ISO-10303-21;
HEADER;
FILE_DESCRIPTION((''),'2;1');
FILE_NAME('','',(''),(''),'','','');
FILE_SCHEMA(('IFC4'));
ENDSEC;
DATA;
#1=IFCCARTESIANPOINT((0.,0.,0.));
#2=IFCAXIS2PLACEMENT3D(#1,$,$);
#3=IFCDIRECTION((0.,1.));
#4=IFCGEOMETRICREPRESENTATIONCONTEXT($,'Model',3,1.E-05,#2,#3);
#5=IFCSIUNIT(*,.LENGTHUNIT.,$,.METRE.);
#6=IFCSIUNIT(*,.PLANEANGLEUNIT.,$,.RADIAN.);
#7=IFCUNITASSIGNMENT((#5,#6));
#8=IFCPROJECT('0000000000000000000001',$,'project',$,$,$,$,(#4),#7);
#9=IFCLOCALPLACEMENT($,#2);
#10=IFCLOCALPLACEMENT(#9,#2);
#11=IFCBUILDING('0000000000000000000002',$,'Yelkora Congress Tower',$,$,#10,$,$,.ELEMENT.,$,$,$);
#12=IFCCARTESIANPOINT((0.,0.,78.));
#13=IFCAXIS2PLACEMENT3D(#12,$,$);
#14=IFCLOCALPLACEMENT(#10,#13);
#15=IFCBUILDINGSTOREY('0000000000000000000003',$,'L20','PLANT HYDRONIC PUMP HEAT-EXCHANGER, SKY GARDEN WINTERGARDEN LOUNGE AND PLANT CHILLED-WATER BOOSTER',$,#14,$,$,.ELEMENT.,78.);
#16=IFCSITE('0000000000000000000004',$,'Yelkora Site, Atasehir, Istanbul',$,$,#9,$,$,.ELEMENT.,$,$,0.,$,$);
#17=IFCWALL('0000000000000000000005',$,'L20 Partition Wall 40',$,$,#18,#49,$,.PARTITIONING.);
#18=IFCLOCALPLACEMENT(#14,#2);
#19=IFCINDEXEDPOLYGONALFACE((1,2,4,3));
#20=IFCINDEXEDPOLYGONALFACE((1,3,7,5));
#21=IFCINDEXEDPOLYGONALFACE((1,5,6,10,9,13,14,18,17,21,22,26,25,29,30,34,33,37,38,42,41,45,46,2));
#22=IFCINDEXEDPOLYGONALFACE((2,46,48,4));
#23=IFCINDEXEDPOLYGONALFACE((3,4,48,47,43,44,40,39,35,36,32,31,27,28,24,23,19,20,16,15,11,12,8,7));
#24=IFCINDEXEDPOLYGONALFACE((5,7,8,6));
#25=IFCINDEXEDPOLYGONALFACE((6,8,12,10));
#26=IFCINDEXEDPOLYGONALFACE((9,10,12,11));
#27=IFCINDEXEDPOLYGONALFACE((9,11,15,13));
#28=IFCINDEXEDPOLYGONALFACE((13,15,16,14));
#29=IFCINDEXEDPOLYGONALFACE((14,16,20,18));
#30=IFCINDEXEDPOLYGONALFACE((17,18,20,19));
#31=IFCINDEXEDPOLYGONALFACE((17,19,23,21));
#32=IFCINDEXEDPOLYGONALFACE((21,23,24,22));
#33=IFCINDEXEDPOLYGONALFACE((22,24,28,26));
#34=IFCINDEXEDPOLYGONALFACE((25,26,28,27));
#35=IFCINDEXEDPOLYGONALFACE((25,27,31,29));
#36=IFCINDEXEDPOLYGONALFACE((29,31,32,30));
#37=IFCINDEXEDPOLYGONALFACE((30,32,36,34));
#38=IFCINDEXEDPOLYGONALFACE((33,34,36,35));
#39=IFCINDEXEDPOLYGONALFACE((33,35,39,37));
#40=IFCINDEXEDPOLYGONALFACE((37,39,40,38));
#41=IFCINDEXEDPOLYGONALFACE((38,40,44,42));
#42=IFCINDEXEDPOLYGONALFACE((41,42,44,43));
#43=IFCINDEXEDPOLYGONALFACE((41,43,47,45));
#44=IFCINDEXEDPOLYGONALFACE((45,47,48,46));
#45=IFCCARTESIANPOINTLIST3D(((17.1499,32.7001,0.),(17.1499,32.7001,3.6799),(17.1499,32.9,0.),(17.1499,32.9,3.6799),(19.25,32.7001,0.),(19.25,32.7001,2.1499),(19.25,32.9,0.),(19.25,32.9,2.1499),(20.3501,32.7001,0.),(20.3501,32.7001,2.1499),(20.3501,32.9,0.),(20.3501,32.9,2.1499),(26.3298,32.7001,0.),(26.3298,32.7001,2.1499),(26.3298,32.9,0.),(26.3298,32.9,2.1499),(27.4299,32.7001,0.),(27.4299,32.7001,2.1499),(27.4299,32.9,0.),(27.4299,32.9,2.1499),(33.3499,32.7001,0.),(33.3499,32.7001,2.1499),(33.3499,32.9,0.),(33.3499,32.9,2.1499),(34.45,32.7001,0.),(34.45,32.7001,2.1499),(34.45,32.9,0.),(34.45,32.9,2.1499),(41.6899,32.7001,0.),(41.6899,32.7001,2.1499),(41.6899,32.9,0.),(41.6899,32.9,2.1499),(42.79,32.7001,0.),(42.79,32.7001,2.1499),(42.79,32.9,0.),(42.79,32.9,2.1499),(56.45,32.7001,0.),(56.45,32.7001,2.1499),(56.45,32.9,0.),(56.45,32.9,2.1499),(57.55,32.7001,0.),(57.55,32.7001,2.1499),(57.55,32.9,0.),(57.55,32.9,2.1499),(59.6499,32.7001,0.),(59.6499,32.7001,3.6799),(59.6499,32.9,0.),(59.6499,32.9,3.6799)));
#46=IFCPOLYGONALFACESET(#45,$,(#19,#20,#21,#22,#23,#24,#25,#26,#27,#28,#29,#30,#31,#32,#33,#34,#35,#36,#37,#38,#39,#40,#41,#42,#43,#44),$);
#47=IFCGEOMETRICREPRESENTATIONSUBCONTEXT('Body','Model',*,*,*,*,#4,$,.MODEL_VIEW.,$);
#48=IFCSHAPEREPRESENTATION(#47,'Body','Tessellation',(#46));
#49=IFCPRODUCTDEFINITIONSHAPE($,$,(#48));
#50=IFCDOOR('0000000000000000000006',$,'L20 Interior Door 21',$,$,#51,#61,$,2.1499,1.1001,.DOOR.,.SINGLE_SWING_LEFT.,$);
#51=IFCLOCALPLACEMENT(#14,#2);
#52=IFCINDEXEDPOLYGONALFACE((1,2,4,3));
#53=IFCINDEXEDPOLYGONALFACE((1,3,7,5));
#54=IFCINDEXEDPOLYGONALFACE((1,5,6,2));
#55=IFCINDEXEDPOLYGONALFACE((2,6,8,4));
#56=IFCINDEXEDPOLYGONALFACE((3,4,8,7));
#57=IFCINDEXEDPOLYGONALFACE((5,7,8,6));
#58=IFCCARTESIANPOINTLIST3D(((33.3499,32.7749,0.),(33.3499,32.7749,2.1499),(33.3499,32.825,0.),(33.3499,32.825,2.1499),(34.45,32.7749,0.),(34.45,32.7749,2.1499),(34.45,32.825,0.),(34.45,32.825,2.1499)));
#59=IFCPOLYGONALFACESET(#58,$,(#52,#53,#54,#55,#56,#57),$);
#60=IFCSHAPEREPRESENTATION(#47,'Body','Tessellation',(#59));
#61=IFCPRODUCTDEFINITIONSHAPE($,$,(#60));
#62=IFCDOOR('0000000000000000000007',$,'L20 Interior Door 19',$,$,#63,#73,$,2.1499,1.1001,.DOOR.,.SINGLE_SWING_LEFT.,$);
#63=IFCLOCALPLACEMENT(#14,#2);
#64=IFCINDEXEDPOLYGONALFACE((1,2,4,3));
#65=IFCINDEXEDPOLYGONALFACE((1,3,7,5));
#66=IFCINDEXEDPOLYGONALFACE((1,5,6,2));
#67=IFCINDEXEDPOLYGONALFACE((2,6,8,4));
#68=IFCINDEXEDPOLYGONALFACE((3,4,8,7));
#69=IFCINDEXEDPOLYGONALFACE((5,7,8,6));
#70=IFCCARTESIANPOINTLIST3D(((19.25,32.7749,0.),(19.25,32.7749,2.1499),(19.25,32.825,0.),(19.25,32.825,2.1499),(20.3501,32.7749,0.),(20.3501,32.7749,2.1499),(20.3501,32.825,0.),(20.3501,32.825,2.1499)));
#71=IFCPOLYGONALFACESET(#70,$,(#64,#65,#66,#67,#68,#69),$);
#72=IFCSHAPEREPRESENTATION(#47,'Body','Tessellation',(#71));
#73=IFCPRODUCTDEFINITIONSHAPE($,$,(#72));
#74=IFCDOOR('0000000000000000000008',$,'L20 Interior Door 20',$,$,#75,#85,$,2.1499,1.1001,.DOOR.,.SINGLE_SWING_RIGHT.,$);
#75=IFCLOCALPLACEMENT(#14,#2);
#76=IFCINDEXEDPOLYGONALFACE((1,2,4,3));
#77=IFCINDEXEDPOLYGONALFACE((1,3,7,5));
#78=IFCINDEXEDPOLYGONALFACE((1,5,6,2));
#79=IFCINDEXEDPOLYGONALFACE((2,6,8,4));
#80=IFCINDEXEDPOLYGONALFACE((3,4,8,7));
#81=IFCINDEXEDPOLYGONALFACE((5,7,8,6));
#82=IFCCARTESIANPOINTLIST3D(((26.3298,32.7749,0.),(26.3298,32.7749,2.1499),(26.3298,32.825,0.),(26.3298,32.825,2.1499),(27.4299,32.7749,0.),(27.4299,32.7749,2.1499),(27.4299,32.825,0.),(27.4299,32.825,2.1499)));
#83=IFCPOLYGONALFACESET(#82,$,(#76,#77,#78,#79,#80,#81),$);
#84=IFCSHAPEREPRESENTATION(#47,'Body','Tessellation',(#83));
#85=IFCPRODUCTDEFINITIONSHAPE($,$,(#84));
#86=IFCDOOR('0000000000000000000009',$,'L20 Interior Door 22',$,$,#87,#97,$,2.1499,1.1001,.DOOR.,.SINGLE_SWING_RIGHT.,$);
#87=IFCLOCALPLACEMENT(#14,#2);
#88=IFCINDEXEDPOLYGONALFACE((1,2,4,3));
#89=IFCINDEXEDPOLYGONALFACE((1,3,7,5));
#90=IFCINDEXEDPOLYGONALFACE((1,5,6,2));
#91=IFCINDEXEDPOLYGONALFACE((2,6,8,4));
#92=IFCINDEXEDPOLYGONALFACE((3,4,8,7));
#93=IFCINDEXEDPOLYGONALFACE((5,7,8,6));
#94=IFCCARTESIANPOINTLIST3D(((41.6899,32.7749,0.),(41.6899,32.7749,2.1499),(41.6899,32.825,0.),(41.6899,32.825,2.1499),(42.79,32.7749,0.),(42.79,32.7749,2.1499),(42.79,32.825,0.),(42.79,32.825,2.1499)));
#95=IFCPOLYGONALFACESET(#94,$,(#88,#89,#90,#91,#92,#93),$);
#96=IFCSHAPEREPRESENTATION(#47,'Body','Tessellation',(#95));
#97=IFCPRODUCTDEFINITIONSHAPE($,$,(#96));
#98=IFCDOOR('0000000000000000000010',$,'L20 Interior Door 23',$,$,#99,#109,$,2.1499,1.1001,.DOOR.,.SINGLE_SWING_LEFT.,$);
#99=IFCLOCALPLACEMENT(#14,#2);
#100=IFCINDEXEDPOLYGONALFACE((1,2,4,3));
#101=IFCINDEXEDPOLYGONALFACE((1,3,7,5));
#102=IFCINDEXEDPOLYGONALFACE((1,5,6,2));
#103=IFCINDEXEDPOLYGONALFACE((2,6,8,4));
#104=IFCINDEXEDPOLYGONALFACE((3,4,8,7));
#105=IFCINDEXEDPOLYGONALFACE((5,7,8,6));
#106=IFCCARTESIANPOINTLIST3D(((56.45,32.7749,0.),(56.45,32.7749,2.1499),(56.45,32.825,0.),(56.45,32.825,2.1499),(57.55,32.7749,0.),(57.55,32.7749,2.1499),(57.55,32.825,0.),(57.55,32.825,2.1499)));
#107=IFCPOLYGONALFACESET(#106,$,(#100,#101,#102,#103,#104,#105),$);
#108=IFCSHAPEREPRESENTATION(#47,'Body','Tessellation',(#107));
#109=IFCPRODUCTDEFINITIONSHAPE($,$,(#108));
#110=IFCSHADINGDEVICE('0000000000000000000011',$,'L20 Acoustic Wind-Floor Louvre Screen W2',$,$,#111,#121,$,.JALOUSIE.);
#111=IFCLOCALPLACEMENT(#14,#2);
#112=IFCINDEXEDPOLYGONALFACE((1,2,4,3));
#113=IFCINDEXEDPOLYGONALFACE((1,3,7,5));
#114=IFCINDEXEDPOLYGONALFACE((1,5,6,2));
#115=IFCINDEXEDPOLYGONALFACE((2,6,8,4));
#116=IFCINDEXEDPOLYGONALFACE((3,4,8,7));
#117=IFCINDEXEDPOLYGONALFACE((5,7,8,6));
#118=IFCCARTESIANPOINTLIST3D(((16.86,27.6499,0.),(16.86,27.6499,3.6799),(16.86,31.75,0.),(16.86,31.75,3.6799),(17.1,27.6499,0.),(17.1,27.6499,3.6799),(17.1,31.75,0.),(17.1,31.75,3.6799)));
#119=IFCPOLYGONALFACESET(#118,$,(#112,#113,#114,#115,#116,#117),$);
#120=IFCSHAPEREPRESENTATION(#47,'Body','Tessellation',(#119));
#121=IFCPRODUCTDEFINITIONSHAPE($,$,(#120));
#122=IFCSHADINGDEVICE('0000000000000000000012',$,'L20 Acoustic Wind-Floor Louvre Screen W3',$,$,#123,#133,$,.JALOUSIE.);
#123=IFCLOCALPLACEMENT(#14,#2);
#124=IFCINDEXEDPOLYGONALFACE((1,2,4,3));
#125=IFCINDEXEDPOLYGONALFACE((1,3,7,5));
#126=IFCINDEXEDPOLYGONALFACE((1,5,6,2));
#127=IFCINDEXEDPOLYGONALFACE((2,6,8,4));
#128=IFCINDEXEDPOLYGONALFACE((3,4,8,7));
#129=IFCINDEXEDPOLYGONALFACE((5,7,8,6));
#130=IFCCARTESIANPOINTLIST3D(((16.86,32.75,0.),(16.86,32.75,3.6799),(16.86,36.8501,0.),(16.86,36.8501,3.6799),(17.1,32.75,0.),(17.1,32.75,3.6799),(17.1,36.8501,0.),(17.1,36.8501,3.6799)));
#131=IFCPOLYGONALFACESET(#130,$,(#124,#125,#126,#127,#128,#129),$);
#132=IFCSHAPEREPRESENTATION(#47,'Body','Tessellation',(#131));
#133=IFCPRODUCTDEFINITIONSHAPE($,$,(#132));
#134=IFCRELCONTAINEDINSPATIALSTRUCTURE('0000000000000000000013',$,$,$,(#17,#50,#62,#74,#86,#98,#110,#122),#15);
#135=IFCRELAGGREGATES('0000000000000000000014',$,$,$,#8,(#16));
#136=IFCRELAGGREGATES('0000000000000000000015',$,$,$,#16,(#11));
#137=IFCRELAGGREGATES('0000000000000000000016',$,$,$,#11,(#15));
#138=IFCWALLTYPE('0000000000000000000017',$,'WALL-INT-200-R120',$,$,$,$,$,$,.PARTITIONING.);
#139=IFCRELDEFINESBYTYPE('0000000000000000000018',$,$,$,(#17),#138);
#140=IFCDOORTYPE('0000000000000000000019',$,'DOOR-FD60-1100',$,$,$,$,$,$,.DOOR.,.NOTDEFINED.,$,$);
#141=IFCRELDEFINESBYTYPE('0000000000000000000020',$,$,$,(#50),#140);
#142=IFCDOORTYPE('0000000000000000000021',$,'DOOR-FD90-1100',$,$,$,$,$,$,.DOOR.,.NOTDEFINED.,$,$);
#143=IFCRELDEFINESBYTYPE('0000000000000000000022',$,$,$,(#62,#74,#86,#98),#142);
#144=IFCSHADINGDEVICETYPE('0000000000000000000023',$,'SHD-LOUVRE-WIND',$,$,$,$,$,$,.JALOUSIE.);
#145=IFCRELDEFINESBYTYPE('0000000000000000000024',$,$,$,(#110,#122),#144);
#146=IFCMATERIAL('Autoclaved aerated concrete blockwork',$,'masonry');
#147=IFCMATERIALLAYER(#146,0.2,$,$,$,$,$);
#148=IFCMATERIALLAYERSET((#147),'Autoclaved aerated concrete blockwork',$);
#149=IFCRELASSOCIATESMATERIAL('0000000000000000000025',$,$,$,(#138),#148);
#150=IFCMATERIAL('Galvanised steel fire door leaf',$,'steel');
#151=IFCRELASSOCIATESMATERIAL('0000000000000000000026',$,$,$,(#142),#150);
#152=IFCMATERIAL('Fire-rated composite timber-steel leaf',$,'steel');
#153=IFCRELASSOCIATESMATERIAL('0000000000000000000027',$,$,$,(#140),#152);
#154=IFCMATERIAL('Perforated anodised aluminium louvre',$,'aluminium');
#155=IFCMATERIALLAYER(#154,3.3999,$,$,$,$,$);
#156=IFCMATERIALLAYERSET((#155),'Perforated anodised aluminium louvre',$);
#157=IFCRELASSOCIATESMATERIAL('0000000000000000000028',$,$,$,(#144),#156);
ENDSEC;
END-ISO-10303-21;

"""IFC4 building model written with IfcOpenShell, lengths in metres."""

from ifc_helpers import new_model, si_unit, direction, frame, frame_2d, origin, origin_2d, place, context, subcontext, project, spatial, rectangle, extrude, material, layer, layer_set, type_object, element, fill, save


model = new_model("IFC4")

# Units and contexts
model_context = context("Model", 3, precision=1e-05, world=origin(), true_north=direction((0.0, 1.0)))
body_context = subcontext(model_context, "Body", "Model", "MODEL_VIEW")
ifc_project = project(units=[si_unit("LENGTHUNIT", "METRE"), si_unit("PLANEANGLEUNIT", "RADIAN")], contexts=[model_context])

# Site, building, storey
site_placement = place(None, origin())
site = spatial("IfcSite", under=ifc_project, at=site_placement, Name="Yelkora Site, Atasehir, Istanbul", CompositionType="ELEMENT", RefElevation=0.0)
building_placement = place(site_placement, origin())
building = spatial("IfcBuilding", under=site, at=building_placement, Name="Yelkora Congress Tower", CompositionType="ELEMENT")
storey_placement = place(building_placement, frame((0.0, 0.0, 78.0)))
storey = spatial("IfcBuildingStorey", under=building, at=storey_placement, Name="L20", Description="PLANT HYDRONIC PUMP HEAT-EXCHANGER, SKY GARDEN WINTERGARDEN LOUNGE AND PLANT CHILLED-WATER BOOSTER", CompositionType="ELEMENT", Elevation=78.0)

# Shared definitions
ifc_material_1 = material(Name="Autoclaved aerated concrete blockwork", Category="masonry")
ifc_layer_1 = layer(ifc_material_1, 0.2)
ifc_layer_set_1 = layer_set([ifc_layer_1], Name="Autoclaved aerated concrete blockwork")
wall_type_1 = type_object("IfcWallType", Name="WALL-INT-200-R120", PredefinedType="PARTITIONING", material=ifc_layer_set_1)
ifc_material_2 = material(Name="Galvanised steel fire door leaf", Category="steel")
door_type_1 = type_object("IfcDoorType", Name="DOOR-FD90-1100", OperationType="NOTDEFINED", PredefinedType="DOOR", material=ifc_material_2)

# Wall, openings, doors
wall_1_placement = place(storey_placement, frame((17.1499, 32.8, 0.0), z_axis=(0.0, 0.0, 1.0), x_axis=(1.0, 0.0, 0.0)))
wall_1 = element("IfcWall", 1, at=wall_1_placement, inside=storey, type_object=wall_type_1, Name="L20 Partition Wall 40", PredefinedType="PARTITIONING", context=body_context, shape_type="SweptSolid", body=[
    extrude(rectangle(XDim=42.5, YDim=0.2, at=frame_2d((21.25, 0.0))), origin(), (0.0, 0.0, 1.0), 3.6799),
])
opening_1_placement = place(wall_1_placement, frame((2.1001, 0.0, 0.0)))
opening_1 = element("IfcOpeningElement", 2, at=opening_1_placement, cuts=wall_1, PredefinedType="OPENING", context=body_context, shape_type="SweptSolid", body=[
    extrude(rectangle(XDim=1.1001, YDim=2.1499, at=frame_2d((0.55, 1.075))), frame((0.0, 0.1099, 0.0), z_axis=(0.0, -1.0, 0.0), x_axis=(1.0, 0.0, 0.0)), (0.0, 0.0, 1.0), 0.22),
])
opening_2_placement = place(wall_1_placement, frame((9.1799, 0.0, 0.0)))
opening_2 = element("IfcOpeningElement", 3, at=opening_2_placement, cuts=wall_1, PredefinedType="OPENING", context=body_context, shape_type="SweptSolid", body=[
    extrude(rectangle(XDim=1.1001, YDim=2.1499, at=frame_2d((0.55, 1.075))), frame((0.0, 0.1099, 0.0), z_axis=(0.0, -1.0, 0.0), x_axis=(1.0, 0.0, 0.0)), (0.0, 0.0, 1.0), 0.22),
])
opening_3_placement = place(wall_1_placement, frame((16.2, 0.0, 0.0)))
opening_3 = element("IfcOpeningElement", 4, at=opening_3_placement, cuts=wall_1, PredefinedType="OPENING", context=body_context, shape_type="SweptSolid", body=[
    extrude(rectangle(XDim=1.1001, YDim=2.1499, at=frame_2d((0.55, 1.075))), frame((0.0, 0.1099, 0.0), z_axis=(0.0, -1.0, 0.0), x_axis=(1.0, 0.0, 0.0)), (0.0, 0.0, 1.0), 0.22),
])
opening_4_placement = place(wall_1_placement, frame((24.54, 0.0, 0.0)))
opening_4 = element("IfcOpeningElement", 5, at=opening_4_placement, cuts=wall_1, PredefinedType="OPENING", context=body_context, shape_type="SweptSolid", body=[
    extrude(rectangle(XDim=1.1001, YDim=2.1499, at=frame_2d((0.55, 1.075))), frame((0.0, 0.1099, 0.0), z_axis=(0.0, -1.0, 0.0), x_axis=(1.0, 0.0, 0.0)), (0.0, 0.0, 1.0), 0.22),
])
opening_5_placement = place(wall_1_placement, frame((39.3, 0.0, 0.0)))
opening_5 = element("IfcOpeningElement", 6, at=opening_5_placement, cuts=wall_1, PredefinedType="OPENING", context=body_context, shape_type="SweptSolid", body=[
    extrude(rectangle(XDim=1.1001, YDim=2.1499, at=frame_2d((0.55, 1.075))), frame((0.0, 0.1099, 0.0), z_axis=(0.0, -1.0, 0.0), x_axis=(1.0, 0.0, 0.0)), (0.0, 0.0, 1.0), 0.22),
])
ifc_material_3 = material(Name="Fire-rated composite timber-steel leaf", Category="steel")
door_type_2 = type_object("IfcDoorType", Name="DOOR-FD60-1100", OperationType="NOTDEFINED", PredefinedType="DOOR", material=ifc_material_3)
door_1_placement = place(opening_3_placement, origin())
door_1 = element("IfcDoor", 7, at=door_1_placement, inside=storey, type_object=door_type_2, Name="L20 Interior Door 21", OperationType="SINGLE_SWING_LEFT", OverallHeight=2.1499, OverallWidth=1.1001, PredefinedType="DOOR", context=body_context, shape_type="SweptSolid", body=[
    extrude(rectangle(XDim=1.1001, YDim=2.1499, at=frame_2d((0.55, 1.075))), frame((0.0, 0.0249, 0.0), z_axis=(0.0, -1.0, 0.0), x_axis=(1.0, 0.0, 0.0)), (0.0, 0.0, 1.0), 0.05),
])
fill(opening_3, door_1)
door_2_placement = place(opening_1_placement, origin())
door_2 = element("IfcDoor", 8, at=door_2_placement, inside=storey, type_object=door_type_1, Name="L20 Interior Door 19", OperationType="SINGLE_SWING_LEFT", OverallHeight=2.1499, OverallWidth=1.1001, PredefinedType="DOOR", context=body_context, shape_type="SweptSolid", body=[
    extrude(rectangle(XDim=1.1001, YDim=2.1499, at=frame_2d((0.55, 1.075))), frame((0.0, 0.0249, 0.0), z_axis=(0.0, -1.0, 0.0), x_axis=(1.0, 0.0, 0.0)), (0.0, 0.0, 1.0), 0.05),
])
fill(opening_1, door_2)
door_3_placement = place(opening_2_placement, origin())
door_3 = element("IfcDoor", 9, at=door_3_placement, inside=storey, type_object=door_type_1, Name="L20 Interior Door 20", OperationType="SINGLE_SWING_RIGHT", OverallHeight=2.1499, OverallWidth=1.1001, PredefinedType="DOOR", context=body_context, shape_type="SweptSolid", body=[
    extrude(rectangle(XDim=1.1001, YDim=2.1499, at=frame_2d((0.55, 1.075))), frame((0.0, 0.0249, 0.0), z_axis=(0.0, -1.0, 0.0), x_axis=(1.0, 0.0, 0.0)), (0.0, 0.0, 1.0), 0.05),
])
fill(opening_2, door_3)
door_4_placement = place(opening_4_placement, origin())
door_4 = element("IfcDoor", 10, at=door_4_placement, inside=storey, type_object=door_type_1, Name="L20 Interior Door 22", OperationType="SINGLE_SWING_RIGHT", OverallHeight=2.1499, OverallWidth=1.1001, PredefinedType="DOOR", context=body_context, shape_type="SweptSolid", body=[
    extrude(rectangle(XDim=1.1001, YDim=2.1499, at=frame_2d((0.55, 1.075))), frame((0.0, 0.0249, 0.0), z_axis=(0.0, -1.0, 0.0), x_axis=(1.0, 0.0, 0.0)), (0.0, 0.0, 1.0), 0.05),
])
fill(opening_4, door_4)
door_5_placement = place(opening_5_placement, origin())
door_5 = element("IfcDoor", 11, at=door_5_placement, inside=storey, type_object=door_type_1, Name="L20 Interior Door 23", OperationType="SINGLE_SWING_LEFT", OverallHeight=2.1499, OverallWidth=1.1001, PredefinedType="DOOR", context=body_context, shape_type="SweptSolid", body=[
    extrude(rectangle(XDim=1.1001, YDim=2.1499, at=frame_2d((0.55, 1.075))), frame((0.0, 0.0249, 0.0), z_axis=(0.0, -1.0, 0.0), x_axis=(1.0, 0.0, 0.0)), (0.0, 0.0, 1.0), 0.05),
])
fill(opening_5, door_5)

# Shading devices
ifc_material_4 = material(Name="Perforated anodised aluminium louvre", Category="aluminium")
ifc_layer_2 = layer(ifc_material_4, 3.3999)
ifc_layer_set_2 = layer_set([ifc_layer_2], Name="Perforated anodised aluminium louvre")
shading_device_type = type_object("IfcShadingDeviceType", Name="SHD-LOUVRE-WIND", PredefinedType="JALOUSIE", material=ifc_layer_set_2)
for number, where, z_axis, x_axis, name in (
    (12, (16.98, 29.7, 0.0), (0.0, 0.0, 1.0), (1.0, 0.0, 0.0), "L20 Acoustic Wind-Floor Louvre Screen W2"),
    (13, (16.98, 34.8, 0.0), (0.0, 0.0, 1.0), (1.0, 0.0, 0.0), "L20 Acoustic Wind-Floor Louvre Screen W3"),
):
    element("IfcShadingDevice", number, at=place(storey_placement, frame(where, z_axis=z_axis, x_axis=x_axis)), inside=storey, type_object=shading_device_type, Name=name, PredefinedType="JALOUSIE", context=body_context, shape_type="SweptSolid", body=[
        extrude(rectangle(XDim=0.24, YDim=4.1001, at=origin_2d()), origin(), (0.0, 0.0, 1.0), 3.6799),
    ])

save(model, "model.ifc")
